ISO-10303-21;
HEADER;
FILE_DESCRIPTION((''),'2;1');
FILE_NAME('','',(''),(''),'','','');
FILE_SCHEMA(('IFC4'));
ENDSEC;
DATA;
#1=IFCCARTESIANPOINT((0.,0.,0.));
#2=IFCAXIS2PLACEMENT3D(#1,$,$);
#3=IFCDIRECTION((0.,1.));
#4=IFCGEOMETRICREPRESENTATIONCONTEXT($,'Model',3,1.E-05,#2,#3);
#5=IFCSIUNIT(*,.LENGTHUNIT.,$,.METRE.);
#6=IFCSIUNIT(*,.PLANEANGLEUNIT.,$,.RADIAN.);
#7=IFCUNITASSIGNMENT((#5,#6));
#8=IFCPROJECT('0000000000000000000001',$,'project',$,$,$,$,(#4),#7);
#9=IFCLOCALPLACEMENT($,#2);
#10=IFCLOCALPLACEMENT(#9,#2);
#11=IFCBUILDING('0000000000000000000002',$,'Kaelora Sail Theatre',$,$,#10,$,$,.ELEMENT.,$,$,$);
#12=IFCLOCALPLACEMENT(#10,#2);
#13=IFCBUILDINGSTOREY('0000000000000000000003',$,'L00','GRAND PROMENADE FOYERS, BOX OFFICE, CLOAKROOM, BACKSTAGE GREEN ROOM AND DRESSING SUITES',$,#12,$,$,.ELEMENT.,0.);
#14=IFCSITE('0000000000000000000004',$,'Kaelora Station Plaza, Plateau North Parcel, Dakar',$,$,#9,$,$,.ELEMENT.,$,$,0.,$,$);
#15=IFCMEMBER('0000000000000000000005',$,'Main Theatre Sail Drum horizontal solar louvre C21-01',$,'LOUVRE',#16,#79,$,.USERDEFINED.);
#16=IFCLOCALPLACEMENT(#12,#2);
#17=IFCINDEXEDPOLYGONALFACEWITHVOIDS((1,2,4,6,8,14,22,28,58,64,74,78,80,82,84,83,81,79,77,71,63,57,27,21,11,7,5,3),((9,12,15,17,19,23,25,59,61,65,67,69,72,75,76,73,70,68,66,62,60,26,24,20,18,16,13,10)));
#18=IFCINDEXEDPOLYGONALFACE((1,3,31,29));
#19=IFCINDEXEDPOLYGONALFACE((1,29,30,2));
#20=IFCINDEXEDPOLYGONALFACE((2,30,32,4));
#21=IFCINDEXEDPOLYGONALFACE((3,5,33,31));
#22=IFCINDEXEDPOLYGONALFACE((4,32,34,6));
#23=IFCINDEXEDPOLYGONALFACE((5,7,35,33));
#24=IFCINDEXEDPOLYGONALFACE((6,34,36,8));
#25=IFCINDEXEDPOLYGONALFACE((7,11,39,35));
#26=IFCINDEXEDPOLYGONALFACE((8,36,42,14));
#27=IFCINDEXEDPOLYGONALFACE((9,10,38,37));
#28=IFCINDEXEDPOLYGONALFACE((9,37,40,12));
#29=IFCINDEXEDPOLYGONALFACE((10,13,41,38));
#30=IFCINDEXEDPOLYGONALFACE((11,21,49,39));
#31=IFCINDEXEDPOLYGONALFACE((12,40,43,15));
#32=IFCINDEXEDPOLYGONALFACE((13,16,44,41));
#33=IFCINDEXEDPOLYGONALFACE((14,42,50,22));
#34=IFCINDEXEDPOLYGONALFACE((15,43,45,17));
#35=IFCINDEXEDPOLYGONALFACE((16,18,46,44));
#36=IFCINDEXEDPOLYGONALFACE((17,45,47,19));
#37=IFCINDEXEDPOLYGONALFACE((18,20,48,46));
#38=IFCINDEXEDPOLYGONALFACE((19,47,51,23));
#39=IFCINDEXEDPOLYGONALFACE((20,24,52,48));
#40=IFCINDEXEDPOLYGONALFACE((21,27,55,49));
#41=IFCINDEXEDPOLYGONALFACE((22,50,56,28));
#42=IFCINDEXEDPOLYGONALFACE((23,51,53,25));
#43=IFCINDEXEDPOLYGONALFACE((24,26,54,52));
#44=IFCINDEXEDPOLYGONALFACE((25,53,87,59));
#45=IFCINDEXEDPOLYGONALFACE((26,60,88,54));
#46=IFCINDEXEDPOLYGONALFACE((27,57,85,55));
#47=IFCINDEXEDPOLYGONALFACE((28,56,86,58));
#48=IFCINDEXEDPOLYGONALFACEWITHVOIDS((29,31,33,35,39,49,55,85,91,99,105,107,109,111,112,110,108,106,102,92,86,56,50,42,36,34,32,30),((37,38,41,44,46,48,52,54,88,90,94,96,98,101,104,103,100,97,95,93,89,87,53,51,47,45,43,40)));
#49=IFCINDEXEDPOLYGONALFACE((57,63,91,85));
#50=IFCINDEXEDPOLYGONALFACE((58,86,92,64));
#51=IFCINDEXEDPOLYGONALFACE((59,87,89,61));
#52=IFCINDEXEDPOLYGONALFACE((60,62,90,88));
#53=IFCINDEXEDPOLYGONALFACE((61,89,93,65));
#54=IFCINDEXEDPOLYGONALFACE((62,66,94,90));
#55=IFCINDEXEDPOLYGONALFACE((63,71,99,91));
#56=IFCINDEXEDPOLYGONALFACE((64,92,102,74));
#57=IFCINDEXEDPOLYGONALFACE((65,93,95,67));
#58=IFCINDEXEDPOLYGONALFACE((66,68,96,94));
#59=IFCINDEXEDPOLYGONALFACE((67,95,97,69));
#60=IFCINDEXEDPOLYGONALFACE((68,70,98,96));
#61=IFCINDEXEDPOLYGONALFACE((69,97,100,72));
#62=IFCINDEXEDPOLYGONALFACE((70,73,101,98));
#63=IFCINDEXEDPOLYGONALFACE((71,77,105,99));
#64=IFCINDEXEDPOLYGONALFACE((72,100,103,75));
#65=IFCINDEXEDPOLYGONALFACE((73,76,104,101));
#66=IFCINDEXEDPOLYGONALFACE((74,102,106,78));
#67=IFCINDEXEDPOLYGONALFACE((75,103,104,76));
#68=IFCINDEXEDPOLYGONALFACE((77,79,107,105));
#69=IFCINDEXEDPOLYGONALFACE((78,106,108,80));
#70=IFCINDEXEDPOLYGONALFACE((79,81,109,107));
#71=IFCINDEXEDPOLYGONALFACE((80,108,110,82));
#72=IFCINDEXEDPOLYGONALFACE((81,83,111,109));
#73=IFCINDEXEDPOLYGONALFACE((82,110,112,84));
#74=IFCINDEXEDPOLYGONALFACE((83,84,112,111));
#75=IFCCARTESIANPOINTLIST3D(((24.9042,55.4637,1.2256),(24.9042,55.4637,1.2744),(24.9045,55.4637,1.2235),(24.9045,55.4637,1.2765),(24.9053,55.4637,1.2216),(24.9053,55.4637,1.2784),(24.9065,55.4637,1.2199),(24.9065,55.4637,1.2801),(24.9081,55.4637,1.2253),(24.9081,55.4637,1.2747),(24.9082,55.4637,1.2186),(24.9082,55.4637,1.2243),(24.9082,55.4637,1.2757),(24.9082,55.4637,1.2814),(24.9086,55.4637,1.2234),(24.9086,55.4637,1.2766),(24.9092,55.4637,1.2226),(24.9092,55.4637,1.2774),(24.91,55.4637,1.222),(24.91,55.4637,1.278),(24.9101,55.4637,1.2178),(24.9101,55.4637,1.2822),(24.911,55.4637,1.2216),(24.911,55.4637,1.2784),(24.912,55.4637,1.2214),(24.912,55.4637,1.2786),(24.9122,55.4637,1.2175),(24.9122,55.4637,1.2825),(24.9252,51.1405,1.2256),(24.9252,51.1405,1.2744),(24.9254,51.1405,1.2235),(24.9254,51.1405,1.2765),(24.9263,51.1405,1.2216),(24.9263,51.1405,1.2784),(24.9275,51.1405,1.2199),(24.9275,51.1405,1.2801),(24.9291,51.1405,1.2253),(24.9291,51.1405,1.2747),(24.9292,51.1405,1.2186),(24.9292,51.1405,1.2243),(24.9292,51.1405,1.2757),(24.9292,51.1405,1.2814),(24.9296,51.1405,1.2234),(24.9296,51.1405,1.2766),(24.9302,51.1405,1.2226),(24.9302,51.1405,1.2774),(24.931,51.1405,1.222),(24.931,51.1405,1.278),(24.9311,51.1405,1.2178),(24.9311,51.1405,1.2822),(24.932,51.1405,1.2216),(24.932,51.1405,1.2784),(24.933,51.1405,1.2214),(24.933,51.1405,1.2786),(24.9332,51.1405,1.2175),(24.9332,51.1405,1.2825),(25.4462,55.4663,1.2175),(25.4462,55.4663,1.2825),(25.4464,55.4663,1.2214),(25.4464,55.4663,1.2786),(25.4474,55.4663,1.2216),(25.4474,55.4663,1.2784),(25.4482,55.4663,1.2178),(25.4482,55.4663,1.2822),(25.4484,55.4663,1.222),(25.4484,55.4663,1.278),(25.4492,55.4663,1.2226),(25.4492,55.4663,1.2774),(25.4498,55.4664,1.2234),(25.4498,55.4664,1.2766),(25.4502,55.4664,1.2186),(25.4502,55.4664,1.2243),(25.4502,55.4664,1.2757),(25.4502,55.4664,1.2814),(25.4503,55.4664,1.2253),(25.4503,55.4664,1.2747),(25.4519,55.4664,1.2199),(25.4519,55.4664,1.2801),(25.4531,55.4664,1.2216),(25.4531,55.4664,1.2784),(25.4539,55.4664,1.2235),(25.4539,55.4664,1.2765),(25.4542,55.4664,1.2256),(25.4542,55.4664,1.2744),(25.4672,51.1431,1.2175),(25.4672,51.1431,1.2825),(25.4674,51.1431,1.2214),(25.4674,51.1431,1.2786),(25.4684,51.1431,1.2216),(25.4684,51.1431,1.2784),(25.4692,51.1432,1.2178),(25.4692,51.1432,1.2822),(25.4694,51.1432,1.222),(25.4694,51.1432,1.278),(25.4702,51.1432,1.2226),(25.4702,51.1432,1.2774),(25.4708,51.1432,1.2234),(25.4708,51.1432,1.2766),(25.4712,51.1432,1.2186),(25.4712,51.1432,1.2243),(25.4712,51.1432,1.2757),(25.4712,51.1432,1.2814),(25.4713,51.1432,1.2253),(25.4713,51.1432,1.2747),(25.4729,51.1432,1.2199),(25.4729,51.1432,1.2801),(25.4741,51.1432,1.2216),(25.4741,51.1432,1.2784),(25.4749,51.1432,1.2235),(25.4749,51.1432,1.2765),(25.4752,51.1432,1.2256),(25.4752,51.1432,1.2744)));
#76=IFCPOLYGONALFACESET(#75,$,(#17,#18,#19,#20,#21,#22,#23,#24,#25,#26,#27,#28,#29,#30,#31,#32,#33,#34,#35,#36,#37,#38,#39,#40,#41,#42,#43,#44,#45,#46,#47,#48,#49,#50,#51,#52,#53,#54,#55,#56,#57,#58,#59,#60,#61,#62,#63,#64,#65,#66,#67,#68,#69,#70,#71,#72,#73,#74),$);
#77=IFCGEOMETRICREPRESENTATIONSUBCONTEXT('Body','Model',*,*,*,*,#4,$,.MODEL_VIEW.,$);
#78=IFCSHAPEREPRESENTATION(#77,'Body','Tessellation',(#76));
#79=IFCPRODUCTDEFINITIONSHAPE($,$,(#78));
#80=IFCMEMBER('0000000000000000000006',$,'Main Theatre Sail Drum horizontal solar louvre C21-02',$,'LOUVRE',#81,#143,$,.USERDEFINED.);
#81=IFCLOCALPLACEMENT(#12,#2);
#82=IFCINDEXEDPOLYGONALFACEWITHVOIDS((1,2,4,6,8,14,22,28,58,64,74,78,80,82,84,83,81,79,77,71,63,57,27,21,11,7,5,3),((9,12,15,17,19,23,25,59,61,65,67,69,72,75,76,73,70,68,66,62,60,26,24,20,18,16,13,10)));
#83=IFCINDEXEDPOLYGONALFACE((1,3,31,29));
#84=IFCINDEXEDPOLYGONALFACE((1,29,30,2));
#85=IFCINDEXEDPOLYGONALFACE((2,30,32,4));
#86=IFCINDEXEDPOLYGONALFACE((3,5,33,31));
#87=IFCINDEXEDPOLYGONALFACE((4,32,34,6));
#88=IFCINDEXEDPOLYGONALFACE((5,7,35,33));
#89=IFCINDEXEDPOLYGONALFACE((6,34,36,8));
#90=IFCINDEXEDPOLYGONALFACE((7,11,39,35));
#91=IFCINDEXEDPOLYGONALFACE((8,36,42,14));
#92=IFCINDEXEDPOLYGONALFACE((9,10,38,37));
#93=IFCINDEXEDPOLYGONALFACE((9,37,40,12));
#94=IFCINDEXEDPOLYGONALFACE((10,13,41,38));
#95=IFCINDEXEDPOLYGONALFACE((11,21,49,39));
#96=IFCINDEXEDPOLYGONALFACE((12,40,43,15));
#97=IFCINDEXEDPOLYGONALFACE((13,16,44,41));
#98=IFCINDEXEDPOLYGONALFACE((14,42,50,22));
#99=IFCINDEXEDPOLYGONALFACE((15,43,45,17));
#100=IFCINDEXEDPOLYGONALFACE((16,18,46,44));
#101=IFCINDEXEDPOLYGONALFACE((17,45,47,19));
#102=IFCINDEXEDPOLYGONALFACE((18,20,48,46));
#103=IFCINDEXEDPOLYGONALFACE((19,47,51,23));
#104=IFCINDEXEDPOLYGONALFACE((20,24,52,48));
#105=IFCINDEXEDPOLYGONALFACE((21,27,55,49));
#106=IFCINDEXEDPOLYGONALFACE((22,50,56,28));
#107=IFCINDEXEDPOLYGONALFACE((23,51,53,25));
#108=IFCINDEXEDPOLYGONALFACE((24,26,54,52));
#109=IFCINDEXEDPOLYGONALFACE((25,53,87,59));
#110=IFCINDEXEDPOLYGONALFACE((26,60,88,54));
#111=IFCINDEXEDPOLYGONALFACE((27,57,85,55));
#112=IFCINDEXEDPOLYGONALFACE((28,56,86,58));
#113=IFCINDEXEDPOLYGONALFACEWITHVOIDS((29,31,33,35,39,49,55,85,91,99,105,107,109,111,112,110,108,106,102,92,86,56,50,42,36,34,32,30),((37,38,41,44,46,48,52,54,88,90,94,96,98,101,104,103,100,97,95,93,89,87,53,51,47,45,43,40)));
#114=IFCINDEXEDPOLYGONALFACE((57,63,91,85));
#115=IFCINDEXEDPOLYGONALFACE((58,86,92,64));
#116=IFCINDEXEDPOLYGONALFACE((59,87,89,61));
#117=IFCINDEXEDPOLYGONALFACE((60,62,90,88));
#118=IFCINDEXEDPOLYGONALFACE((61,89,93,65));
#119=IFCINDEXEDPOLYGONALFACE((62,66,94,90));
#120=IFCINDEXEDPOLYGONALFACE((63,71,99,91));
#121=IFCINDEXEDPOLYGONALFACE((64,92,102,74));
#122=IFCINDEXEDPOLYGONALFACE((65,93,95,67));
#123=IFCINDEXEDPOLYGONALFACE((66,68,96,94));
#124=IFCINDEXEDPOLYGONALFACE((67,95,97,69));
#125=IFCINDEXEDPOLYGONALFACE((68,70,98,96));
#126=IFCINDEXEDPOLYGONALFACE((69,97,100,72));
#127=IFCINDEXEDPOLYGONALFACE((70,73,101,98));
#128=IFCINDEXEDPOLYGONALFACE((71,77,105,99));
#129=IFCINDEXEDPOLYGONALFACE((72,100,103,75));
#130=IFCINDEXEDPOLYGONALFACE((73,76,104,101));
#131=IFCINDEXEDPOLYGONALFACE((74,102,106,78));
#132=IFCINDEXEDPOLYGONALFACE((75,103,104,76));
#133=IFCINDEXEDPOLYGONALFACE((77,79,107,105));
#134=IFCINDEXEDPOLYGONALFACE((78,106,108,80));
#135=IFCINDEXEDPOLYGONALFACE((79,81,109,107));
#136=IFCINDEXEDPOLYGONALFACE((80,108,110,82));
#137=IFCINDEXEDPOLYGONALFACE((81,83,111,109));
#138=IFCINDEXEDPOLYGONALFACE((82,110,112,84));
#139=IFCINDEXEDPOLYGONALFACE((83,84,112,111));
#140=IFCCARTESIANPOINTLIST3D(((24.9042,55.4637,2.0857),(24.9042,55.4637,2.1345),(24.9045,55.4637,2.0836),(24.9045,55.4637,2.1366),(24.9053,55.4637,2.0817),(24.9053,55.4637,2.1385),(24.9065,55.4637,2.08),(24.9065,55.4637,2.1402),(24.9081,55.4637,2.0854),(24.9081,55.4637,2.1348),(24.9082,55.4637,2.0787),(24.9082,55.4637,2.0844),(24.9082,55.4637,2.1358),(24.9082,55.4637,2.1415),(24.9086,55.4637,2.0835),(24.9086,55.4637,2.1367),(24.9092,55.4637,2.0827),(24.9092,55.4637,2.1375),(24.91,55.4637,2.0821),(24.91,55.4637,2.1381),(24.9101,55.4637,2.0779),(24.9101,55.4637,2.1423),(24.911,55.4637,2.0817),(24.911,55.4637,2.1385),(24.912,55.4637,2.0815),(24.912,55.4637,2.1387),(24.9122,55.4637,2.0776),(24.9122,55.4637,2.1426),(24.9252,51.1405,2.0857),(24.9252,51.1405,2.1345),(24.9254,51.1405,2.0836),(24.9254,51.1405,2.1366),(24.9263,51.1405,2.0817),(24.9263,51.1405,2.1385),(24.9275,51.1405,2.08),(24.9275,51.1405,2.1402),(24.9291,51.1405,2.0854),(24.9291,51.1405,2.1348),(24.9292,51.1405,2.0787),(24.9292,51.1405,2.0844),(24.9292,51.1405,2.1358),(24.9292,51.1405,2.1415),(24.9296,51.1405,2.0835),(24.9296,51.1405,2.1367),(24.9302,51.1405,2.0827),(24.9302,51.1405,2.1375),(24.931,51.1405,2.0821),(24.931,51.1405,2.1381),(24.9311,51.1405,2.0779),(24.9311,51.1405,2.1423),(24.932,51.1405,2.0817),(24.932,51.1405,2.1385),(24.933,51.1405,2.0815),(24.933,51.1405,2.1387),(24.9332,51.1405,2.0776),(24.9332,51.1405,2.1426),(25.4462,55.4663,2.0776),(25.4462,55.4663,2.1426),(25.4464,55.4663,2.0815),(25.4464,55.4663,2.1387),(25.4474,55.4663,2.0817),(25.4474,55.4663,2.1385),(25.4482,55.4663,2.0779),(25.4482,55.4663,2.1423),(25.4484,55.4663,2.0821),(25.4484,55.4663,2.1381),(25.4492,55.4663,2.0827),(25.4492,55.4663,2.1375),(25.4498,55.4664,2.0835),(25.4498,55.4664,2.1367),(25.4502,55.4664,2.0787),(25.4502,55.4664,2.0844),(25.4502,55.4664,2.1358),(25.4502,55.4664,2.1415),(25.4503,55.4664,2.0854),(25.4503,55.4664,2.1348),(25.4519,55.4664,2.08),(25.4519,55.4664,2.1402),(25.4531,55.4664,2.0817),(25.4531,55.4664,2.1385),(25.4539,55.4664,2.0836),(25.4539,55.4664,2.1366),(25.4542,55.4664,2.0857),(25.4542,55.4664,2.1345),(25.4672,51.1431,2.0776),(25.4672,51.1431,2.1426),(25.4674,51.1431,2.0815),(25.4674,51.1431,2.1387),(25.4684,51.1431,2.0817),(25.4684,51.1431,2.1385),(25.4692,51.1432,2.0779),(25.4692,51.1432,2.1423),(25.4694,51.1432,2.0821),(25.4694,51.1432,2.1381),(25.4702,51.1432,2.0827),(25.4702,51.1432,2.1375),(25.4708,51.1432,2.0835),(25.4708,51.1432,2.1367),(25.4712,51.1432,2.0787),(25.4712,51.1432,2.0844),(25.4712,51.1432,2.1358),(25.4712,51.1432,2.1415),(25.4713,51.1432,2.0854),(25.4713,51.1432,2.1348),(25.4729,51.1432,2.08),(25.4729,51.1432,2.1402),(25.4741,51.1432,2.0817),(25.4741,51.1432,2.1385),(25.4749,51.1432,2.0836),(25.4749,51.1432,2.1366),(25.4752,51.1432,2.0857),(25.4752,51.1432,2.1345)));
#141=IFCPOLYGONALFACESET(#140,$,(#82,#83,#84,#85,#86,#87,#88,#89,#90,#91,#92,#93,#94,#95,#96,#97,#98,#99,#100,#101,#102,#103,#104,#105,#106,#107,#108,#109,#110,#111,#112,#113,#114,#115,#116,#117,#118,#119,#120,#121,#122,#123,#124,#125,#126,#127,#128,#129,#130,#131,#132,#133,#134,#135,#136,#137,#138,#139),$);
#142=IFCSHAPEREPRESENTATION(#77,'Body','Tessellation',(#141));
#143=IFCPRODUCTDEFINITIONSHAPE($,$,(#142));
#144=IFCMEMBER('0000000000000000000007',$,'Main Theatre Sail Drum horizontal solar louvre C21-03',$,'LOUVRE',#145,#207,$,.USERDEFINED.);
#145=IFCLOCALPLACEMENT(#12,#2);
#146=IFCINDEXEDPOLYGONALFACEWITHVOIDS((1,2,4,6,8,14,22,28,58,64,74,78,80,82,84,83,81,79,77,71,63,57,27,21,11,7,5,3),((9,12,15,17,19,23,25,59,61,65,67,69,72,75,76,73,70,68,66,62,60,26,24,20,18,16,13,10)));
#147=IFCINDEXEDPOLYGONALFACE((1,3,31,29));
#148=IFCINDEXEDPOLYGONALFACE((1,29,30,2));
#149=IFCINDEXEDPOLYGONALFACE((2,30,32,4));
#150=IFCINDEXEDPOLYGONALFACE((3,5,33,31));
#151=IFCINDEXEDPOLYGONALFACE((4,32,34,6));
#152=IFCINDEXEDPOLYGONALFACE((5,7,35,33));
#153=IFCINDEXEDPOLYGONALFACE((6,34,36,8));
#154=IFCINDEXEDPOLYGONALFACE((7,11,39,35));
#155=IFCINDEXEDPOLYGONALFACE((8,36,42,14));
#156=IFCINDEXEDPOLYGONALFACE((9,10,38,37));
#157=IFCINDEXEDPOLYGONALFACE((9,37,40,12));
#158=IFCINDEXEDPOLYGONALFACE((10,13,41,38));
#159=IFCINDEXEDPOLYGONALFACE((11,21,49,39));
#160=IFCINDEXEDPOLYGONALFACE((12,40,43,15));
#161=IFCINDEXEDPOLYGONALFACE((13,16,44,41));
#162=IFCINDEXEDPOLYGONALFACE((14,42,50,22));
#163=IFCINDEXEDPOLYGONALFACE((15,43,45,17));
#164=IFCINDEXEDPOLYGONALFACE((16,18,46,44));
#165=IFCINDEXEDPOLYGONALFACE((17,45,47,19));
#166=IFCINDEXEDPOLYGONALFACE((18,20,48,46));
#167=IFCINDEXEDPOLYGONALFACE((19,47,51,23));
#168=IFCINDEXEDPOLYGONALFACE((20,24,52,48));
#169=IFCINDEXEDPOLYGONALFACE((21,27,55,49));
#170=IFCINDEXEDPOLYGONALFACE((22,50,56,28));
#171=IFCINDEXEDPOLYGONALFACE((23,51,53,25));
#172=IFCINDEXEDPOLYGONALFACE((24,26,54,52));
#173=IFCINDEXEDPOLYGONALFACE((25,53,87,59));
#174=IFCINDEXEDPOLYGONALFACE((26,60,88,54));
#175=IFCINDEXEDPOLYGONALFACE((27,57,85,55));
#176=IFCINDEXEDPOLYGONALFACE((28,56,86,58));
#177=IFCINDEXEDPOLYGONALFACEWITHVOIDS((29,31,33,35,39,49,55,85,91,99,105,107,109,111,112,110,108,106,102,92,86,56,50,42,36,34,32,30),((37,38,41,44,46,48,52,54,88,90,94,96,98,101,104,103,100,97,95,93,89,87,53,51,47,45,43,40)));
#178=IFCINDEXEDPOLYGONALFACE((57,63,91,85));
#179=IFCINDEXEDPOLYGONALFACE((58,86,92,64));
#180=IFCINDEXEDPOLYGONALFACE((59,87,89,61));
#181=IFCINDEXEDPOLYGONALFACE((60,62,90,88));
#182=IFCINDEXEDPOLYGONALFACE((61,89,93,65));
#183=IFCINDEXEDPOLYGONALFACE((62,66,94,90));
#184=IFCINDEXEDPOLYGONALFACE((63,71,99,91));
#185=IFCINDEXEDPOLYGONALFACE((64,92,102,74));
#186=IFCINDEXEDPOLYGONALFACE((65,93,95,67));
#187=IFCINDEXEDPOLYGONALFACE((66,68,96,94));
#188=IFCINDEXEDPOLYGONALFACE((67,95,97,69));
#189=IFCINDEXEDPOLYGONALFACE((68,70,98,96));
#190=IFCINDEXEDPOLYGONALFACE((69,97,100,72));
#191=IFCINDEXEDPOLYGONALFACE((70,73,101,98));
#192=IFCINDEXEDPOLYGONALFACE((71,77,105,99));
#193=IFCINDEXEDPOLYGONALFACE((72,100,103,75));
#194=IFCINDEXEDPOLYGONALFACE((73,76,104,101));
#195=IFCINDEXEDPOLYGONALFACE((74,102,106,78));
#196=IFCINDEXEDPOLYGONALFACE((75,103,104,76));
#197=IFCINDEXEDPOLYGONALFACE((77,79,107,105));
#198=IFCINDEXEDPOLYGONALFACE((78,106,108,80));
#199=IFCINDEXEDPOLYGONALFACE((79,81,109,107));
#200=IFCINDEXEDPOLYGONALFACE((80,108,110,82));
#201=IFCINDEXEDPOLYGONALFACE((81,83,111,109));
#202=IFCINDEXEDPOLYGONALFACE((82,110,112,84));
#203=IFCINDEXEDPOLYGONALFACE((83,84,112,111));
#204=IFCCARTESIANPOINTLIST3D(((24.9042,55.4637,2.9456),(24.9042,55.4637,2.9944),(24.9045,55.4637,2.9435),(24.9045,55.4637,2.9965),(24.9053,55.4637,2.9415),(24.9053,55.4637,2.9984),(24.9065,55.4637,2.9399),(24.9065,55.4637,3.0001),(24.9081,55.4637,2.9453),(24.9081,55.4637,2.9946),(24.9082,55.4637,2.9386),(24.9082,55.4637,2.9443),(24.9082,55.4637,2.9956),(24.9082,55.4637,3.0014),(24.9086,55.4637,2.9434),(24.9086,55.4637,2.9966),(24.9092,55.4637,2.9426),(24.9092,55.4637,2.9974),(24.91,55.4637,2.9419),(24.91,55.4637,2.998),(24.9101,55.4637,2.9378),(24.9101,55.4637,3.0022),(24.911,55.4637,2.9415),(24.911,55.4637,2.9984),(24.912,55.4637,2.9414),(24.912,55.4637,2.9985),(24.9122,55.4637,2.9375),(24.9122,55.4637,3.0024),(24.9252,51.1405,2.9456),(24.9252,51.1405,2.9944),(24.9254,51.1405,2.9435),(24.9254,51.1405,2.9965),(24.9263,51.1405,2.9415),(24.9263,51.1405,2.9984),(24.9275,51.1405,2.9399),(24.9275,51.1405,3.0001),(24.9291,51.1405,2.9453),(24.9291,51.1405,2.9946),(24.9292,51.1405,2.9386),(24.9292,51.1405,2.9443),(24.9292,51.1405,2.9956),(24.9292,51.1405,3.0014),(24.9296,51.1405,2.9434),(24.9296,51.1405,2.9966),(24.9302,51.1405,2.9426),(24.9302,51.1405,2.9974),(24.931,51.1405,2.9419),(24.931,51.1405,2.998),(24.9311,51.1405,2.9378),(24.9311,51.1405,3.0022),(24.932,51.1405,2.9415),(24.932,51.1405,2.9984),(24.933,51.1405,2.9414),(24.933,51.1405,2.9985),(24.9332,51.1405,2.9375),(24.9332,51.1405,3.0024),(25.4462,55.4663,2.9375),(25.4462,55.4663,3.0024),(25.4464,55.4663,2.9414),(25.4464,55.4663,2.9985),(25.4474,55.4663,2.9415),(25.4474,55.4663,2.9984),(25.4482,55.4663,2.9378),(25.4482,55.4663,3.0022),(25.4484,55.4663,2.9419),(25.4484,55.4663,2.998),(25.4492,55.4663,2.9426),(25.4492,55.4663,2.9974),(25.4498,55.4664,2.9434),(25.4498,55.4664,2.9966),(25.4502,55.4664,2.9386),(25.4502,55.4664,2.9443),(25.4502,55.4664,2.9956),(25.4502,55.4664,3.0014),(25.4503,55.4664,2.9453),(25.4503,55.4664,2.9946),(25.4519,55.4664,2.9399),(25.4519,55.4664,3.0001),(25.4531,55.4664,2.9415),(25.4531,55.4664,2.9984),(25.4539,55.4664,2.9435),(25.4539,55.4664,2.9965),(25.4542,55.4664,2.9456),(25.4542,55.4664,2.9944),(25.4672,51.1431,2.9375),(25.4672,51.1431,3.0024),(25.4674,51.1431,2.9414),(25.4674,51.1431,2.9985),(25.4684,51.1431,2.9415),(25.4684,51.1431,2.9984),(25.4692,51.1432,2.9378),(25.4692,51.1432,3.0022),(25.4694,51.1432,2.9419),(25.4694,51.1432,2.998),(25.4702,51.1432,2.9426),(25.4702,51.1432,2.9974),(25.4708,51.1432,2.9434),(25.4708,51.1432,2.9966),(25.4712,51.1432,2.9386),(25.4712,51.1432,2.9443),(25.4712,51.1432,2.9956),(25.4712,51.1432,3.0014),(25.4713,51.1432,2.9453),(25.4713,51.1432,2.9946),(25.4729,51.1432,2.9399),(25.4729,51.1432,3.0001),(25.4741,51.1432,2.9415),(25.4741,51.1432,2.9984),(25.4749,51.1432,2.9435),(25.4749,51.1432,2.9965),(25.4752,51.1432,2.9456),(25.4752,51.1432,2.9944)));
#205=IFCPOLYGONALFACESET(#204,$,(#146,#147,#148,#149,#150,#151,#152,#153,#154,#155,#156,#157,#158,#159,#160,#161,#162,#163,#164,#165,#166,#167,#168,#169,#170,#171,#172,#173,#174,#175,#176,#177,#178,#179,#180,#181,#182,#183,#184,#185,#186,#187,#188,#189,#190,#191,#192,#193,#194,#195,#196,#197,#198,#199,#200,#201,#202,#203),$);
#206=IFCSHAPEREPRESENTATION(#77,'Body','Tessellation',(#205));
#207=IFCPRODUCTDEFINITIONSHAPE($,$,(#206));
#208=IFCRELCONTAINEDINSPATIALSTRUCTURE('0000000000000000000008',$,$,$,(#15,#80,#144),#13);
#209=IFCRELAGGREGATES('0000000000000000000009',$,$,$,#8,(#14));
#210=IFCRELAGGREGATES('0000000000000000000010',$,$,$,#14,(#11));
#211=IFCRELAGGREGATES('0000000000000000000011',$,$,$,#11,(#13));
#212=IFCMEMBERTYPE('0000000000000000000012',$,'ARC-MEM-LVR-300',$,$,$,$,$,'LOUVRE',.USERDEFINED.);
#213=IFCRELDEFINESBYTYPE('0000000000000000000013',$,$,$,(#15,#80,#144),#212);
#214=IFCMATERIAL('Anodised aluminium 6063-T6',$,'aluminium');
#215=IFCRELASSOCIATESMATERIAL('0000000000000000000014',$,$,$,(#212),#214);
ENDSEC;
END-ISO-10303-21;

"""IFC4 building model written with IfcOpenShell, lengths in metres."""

from ifc_helpers import new_model, si_unit, direction, frame, origin, origin_2d, place, context, subcontext, project, spatial, hollow_rectangle, extrude, material, material_profile, profile_set, type_object, element, save


model = new_model("IFC4")

# Units and contexts
model_context = context("Model", 3, precision=1e-05, world=origin(), true_north=direction((0.0, 1.0)))
body_context = subcontext(model_context, "Body", "Model", "MODEL_VIEW")
ifc_project = project(units=[si_unit("LENGTHUNIT", "METRE"), si_unit("PLANEANGLEUNIT", "RADIAN")], contexts=[model_context])

# Site, building, storey
site_placement = place(None, origin())
site = spatial("IfcSite", under=ifc_project, at=site_placement, Name="Kaelora Station Plaza, Plateau North Parcel, Dakar", CompositionType="ELEMENT", RefElevation=0.0)
building_placement = place(site_placement, origin())
building = spatial("IfcBuilding", under=site, at=building_placement, Name="Kaelora Sail Theatre", CompositionType="ELEMENT")
storey_placement = place(building_placement, origin())
storey = spatial("IfcBuildingStorey", under=building, at=storey_placement, Name="L00", Description="GRAND PROMENADE FOYERS, BOX OFFICE, CLOAKROOM, BACKSTAGE GREEN ROOM AND DRESSING SUITES", CompositionType="ELEMENT", Elevation=0.0)

# Members
ifc_material_1 = material(Name="Anodised aluminium 6063-T6", Category="aluminium")
ifc_material_profile_1 = material_profile(ifc_material_1, hollow_rectangle(XDim=0.55, YDim=0.0649, WallThickness=0.0039, InnerFilletRadius=0.0039, OuterFilletRadius=0.0081, at=origin_2d()), Name="LOUVRE 550x65x4")
ifc_profile_set_1 = profile_set([ifc_material_profile_1], Name="Anodised aluminium 6063-T6")
member_type_1 = type_object("IfcMemberType", Name="ARC-MEM-LVR-300", ElementType="LOUVRE", PredefinedType="USERDEFINED", material=ifc_profile_set_1)
for number, where, z_axis, x_axis, name in (
    (1, (25.2002, 51.1418, 1.25), (-0.004857, 0.999988, 0.0), (-0.999988, -0.004857, 0.0), "Main Theatre Sail Drum horizontal solar louvre C21-01"),
    (2, (25.2002, 51.1418, 2.1101), (-0.004857, 0.999988, 0.0), (-0.999988, -0.004857, 0.0), "Main Theatre Sail Drum horizontal solar louvre C21-02"),
    (3, (25.2002, 51.1418, 2.97), (-0.004857, 0.999988, 0.0), (-0.999988, -0.004857, 0.0), "Main Theatre Sail Drum horizontal solar louvre C21-03"),
):
    element("IfcMember", number, at=place(storey_placement, frame(where, z_axis=z_axis, x_axis=x_axis)), inside=storey, type_object=member_type_1, Name=name, ObjectType="LOUVRE", PredefinedType="USERDEFINED", context=body_context, shape_type="SweptSolid", body=[
        extrude(hollow_rectangle(XDim=0.55, YDim=0.0649, WallThickness=0.0039, InnerFilletRadius=0.0039, OuterFilletRadius=0.0081, at=origin_2d()), origin(), (0.0, 0.0, 1.0), 4.3232),
    ])

save(model, "model.ifc")
